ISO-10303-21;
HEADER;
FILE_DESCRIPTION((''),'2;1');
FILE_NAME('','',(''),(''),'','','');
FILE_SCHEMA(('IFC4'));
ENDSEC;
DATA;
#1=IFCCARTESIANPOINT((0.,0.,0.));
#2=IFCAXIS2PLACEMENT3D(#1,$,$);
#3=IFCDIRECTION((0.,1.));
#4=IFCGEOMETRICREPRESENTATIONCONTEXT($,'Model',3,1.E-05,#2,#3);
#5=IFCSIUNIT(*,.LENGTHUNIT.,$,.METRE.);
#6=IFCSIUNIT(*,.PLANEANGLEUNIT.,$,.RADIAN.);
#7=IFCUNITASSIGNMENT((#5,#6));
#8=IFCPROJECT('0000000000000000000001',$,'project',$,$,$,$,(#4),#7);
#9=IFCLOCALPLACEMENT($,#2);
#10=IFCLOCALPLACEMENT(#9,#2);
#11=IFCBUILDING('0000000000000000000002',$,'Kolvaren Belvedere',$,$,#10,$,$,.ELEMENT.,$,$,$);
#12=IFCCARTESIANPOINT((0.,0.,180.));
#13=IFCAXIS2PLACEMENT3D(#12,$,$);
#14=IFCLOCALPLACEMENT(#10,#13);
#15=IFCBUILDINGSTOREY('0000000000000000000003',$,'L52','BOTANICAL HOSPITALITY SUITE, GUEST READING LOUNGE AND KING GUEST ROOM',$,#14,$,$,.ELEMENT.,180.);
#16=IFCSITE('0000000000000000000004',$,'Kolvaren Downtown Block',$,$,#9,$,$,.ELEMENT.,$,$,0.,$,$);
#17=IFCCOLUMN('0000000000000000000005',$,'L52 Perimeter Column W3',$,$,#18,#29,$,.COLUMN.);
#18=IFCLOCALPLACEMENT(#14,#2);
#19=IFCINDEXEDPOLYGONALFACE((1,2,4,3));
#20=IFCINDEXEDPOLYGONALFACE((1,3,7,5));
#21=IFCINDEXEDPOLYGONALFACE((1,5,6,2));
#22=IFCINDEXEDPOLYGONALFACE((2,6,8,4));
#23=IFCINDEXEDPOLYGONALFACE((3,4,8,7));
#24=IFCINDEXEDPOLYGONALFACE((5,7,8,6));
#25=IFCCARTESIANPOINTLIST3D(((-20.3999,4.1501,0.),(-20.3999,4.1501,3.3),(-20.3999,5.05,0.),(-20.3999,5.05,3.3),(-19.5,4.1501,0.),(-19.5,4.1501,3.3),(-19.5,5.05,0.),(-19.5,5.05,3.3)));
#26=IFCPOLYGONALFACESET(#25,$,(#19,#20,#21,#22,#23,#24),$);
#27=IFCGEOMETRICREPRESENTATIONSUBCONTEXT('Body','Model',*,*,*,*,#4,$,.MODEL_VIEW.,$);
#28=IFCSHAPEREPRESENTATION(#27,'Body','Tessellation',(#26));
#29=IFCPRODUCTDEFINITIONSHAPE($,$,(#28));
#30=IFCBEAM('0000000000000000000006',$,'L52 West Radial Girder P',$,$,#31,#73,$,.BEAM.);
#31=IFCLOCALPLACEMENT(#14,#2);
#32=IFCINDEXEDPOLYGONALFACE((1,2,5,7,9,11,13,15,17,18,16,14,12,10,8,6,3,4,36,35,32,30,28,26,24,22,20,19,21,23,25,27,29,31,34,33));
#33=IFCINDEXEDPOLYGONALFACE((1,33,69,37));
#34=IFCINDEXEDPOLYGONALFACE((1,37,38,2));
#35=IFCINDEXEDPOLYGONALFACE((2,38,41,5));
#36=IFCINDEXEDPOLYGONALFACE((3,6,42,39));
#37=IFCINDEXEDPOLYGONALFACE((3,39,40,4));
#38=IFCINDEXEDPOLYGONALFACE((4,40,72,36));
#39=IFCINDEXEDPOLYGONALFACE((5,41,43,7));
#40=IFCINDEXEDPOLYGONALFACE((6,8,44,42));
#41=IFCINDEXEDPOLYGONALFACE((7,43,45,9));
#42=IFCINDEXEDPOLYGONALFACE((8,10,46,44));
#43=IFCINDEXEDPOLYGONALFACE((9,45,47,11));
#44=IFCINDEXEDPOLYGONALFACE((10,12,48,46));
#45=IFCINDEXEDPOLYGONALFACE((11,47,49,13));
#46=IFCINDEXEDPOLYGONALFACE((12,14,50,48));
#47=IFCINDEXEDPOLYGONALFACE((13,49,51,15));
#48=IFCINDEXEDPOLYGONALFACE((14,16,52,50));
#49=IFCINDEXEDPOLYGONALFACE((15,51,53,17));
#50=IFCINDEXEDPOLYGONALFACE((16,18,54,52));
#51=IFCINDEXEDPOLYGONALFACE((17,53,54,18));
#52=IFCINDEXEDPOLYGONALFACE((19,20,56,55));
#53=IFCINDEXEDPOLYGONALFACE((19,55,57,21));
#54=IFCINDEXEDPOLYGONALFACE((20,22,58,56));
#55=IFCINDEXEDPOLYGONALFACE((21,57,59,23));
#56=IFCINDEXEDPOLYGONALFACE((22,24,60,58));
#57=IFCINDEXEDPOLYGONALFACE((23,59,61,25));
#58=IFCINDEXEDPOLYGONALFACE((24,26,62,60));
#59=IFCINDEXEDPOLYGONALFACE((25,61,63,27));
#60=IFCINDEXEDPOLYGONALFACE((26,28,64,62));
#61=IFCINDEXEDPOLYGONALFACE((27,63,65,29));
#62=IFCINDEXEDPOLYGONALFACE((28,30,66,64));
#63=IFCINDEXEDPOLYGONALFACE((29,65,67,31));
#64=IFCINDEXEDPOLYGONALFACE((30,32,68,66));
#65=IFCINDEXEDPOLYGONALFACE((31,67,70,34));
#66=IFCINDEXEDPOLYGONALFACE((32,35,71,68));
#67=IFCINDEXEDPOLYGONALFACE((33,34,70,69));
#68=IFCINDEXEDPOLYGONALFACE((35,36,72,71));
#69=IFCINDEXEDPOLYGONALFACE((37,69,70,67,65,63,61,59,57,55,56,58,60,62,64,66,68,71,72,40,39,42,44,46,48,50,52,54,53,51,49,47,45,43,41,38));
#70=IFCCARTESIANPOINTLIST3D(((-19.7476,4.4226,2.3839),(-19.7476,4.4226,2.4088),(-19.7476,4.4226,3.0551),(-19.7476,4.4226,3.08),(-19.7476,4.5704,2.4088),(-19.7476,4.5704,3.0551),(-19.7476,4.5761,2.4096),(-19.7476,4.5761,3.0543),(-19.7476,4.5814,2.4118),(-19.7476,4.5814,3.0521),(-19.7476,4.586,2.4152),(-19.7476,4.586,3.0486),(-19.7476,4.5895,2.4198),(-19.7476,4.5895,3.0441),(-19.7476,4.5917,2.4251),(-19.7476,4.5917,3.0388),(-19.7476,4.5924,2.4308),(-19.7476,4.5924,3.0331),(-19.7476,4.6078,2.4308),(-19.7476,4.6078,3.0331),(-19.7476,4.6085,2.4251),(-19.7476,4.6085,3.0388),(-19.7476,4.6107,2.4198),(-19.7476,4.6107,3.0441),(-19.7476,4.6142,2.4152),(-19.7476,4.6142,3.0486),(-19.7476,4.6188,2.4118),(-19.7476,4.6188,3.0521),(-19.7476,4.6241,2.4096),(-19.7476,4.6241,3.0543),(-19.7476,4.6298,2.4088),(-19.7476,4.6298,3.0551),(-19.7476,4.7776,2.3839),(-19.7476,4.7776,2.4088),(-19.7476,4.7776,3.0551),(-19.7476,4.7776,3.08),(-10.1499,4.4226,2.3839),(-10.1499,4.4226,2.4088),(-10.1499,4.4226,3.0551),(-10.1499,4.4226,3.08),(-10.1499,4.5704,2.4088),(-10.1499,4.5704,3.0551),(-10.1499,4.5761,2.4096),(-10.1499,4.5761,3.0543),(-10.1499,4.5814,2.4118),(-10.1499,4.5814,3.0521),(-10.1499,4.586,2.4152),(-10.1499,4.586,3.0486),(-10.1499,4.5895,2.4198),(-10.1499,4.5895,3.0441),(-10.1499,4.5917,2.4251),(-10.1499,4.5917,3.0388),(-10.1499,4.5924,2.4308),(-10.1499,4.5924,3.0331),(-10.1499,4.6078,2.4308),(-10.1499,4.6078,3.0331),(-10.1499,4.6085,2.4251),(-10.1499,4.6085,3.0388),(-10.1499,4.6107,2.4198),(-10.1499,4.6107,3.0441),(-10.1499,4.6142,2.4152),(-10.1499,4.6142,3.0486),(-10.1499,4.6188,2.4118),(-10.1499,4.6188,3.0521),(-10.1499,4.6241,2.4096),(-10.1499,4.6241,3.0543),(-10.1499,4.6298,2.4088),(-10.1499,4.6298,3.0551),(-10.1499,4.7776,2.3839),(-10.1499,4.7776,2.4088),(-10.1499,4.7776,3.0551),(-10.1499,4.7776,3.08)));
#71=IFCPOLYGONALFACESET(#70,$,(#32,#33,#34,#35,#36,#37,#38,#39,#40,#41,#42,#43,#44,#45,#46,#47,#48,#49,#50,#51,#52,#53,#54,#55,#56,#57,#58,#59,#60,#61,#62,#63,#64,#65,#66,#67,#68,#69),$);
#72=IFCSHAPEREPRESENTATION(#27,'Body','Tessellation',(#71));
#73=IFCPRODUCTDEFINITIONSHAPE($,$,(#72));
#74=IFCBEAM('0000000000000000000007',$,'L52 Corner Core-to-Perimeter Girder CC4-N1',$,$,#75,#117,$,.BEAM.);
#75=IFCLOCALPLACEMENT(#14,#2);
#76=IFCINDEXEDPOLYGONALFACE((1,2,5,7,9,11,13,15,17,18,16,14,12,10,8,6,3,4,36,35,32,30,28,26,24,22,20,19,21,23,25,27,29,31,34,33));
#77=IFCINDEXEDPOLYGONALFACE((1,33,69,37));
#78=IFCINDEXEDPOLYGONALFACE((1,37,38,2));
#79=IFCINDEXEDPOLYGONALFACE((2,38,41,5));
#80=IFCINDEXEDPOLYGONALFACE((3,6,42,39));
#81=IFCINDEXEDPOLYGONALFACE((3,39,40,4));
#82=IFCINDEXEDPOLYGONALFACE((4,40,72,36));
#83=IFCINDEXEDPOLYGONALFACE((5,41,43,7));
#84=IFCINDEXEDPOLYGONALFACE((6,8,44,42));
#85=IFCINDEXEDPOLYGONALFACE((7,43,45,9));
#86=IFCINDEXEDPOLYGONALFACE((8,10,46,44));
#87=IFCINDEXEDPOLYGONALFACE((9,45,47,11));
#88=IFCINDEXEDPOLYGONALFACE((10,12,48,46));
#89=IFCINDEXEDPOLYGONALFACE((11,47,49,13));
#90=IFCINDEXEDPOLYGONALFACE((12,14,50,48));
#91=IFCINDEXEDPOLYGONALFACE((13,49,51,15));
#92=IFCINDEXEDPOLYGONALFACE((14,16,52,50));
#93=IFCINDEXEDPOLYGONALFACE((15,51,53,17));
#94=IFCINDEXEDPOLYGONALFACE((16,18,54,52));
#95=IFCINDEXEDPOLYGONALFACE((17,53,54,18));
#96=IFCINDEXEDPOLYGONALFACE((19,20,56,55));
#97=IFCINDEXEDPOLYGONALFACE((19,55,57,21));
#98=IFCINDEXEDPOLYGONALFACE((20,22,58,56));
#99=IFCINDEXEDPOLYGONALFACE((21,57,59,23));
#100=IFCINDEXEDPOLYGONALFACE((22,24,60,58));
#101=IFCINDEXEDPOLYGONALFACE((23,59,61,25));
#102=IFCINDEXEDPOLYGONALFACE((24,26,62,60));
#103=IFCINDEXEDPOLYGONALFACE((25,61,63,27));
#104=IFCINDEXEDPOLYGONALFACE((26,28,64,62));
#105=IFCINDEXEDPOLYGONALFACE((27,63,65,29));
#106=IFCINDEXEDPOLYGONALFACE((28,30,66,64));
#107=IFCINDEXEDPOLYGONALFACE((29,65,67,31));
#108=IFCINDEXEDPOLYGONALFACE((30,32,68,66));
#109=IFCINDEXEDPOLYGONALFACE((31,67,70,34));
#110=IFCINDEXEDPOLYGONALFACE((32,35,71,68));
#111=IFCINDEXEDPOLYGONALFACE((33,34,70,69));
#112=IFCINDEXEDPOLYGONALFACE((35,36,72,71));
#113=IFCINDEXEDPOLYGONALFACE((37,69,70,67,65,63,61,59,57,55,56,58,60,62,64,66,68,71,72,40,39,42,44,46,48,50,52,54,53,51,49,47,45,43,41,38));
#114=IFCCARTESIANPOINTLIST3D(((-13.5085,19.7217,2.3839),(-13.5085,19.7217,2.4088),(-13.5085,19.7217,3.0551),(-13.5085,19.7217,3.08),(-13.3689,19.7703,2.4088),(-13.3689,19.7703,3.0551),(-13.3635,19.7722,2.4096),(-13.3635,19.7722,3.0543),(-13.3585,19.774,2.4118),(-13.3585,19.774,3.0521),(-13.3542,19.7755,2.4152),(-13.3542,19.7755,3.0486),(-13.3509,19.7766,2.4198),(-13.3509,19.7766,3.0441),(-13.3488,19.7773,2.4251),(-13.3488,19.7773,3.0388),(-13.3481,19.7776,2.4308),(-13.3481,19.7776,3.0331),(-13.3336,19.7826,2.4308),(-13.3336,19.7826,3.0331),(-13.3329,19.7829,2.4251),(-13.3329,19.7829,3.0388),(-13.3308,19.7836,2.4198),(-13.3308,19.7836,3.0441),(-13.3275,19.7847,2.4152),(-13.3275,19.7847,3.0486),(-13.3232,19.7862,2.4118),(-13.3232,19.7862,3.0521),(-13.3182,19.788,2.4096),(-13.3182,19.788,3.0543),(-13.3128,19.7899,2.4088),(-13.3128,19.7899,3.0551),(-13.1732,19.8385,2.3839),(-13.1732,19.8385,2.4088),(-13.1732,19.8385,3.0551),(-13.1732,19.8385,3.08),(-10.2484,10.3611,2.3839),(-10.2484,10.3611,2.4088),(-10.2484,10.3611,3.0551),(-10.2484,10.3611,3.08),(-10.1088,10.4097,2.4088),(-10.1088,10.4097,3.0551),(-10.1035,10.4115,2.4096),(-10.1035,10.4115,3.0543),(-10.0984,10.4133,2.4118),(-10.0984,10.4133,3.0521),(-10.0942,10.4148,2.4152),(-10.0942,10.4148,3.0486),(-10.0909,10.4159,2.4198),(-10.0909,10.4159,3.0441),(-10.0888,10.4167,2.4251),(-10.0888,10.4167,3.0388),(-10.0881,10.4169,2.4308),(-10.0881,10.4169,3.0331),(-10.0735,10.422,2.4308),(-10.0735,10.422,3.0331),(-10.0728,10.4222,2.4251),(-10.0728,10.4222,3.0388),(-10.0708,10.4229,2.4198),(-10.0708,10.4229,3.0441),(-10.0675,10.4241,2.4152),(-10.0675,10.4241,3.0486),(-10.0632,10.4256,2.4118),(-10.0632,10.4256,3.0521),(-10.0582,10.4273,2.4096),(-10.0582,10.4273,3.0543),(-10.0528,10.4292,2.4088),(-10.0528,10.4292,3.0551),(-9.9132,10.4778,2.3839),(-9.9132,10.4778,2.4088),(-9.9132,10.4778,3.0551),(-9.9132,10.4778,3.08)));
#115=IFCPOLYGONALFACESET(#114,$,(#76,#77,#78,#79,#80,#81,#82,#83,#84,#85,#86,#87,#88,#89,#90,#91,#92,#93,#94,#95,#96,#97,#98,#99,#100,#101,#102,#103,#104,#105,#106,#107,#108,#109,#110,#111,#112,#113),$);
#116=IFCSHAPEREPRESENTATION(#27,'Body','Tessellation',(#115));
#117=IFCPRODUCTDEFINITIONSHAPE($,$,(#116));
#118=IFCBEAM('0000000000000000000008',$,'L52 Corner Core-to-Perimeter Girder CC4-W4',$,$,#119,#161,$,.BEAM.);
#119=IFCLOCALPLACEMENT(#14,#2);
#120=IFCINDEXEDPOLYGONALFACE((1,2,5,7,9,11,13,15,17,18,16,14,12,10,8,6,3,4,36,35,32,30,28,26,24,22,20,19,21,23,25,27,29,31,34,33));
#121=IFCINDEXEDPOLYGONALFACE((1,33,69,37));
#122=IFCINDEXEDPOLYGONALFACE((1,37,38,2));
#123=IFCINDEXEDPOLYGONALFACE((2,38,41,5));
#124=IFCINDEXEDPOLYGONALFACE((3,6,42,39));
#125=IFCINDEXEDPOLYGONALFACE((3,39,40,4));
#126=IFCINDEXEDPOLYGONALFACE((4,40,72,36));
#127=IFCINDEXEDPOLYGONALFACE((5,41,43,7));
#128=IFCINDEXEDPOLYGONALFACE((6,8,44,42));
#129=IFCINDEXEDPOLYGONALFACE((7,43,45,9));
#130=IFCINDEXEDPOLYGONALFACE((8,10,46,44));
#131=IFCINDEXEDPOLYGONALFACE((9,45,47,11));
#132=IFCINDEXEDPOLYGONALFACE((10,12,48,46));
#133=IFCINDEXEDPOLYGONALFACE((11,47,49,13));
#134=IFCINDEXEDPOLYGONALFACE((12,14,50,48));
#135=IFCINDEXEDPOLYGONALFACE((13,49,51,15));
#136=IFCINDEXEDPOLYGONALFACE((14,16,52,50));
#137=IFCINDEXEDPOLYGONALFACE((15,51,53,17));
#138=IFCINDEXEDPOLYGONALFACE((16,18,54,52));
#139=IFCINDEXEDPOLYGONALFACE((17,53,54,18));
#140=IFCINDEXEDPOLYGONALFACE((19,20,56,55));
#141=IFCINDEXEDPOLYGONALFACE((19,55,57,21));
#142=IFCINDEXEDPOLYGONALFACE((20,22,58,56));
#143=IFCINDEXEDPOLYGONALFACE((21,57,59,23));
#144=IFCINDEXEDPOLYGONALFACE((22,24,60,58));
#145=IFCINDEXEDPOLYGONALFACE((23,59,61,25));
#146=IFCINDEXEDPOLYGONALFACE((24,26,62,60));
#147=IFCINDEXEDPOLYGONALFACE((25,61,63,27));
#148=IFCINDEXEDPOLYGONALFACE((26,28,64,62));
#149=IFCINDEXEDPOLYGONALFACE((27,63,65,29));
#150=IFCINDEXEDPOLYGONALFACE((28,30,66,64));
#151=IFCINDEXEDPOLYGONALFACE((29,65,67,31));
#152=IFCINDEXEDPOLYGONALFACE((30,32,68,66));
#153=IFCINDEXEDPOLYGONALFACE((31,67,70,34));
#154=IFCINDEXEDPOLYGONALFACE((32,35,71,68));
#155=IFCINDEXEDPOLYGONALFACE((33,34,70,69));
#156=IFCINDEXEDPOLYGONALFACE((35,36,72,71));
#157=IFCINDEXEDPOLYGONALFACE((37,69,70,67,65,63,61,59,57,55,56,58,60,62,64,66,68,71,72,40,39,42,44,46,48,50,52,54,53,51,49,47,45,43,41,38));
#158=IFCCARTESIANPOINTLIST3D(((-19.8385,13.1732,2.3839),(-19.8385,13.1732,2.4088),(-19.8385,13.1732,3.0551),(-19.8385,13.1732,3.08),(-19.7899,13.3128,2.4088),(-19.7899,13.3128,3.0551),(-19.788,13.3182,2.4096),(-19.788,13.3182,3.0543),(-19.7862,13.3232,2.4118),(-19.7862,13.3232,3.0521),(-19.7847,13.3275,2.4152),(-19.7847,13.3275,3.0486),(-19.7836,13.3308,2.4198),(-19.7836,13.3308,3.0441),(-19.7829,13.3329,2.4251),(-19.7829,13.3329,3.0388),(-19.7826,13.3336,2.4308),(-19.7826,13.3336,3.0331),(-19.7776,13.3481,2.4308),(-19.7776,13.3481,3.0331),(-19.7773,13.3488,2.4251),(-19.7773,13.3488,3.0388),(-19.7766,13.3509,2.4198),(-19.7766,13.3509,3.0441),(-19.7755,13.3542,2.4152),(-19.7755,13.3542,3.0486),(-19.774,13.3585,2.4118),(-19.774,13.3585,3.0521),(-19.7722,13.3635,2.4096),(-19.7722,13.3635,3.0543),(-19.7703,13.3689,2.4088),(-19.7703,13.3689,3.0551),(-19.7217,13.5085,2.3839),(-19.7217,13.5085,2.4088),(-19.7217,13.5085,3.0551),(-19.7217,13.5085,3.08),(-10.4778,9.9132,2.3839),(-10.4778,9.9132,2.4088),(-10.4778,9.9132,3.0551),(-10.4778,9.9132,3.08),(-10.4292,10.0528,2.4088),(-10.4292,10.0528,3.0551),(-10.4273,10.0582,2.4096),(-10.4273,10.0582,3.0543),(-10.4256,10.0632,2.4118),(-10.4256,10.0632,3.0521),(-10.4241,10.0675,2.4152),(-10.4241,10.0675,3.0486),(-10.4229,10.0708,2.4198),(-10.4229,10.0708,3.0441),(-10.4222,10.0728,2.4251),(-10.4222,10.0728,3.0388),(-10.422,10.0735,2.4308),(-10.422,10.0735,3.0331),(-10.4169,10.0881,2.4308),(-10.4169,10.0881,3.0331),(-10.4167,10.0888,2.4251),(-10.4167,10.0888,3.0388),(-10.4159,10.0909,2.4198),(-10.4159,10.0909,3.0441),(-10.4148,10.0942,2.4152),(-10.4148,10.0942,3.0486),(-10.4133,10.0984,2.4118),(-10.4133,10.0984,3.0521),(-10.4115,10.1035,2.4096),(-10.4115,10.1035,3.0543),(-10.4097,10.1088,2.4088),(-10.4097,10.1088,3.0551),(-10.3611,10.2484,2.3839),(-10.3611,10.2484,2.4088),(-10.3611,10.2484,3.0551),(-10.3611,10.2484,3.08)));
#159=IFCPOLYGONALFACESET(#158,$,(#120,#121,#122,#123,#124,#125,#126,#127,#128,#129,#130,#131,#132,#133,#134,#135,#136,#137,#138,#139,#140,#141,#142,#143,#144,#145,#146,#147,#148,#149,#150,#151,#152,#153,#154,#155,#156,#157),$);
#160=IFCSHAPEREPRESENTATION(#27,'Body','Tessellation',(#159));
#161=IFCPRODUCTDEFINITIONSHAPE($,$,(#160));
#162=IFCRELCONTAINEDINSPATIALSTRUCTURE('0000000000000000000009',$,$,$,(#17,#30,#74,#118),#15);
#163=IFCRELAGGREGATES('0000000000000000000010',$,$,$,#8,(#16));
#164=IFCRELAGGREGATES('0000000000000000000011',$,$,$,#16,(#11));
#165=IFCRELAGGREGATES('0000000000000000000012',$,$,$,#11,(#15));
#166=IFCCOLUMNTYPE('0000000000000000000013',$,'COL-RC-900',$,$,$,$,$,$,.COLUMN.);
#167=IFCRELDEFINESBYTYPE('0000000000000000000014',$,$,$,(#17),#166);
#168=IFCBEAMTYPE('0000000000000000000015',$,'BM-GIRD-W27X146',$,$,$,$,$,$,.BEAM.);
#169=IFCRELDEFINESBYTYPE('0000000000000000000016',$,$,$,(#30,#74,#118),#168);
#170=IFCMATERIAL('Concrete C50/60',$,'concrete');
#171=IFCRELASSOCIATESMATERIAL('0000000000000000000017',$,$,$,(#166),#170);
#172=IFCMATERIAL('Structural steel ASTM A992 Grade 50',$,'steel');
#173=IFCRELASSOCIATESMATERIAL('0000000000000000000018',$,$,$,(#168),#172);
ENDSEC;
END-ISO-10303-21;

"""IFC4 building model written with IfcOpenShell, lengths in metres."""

from ifc_helpers import new_model, si_unit, direction, frame, origin, origin_2d, place, context, subcontext, project, spatial, rectangle, i_section, extrude, material, material_profile, profile_set, type_object, element, save


model = new_model("IFC4")

# Units and contexts
model_context = context("Model", 3, precision=1e-05, world=origin(), true_north=direction((0.0, 1.0)))
body_context = subcontext(model_context, "Body", "Model", "MODEL_VIEW")
ifc_project = project(units=[si_unit("LENGTHUNIT", "METRE"), si_unit("PLANEANGLEUNIT", "RADIAN")], contexts=[model_context])

# Site, building, storey
site_placement = place(None, origin())
site = spatial("IfcSite", under=ifc_project, at=site_placement, Name="Kolvaren Downtown Block", CompositionType="ELEMENT", RefElevation=0.0)
building_placement = place(site_placement, origin())
building = spatial("IfcBuilding", under=site, at=building_placement, Name="Kolvaren Belvedere", CompositionType="ELEMENT")
storey_placement = place(building_placement, frame((0.0, 0.0, 180.0)))
storey = spatial("IfcBuildingStorey", under=building, at=storey_placement, Name="L52", Description="BOTANICAL HOSPITALITY SUITE, GUEST READING LOUNGE AND KING GUEST ROOM", CompositionType="ELEMENT", Elevation=180.0)

# Column
ifc_material_1 = material(Name="Concrete C50/60", Category="concrete")
ifc_material_profile_1 = material_profile(ifc_material_1, rectangle(XDim=0.8999, YDim=0.8999, at=origin_2d()), Name="RC 900X900")
ifc_profile_set_1 = profile_set([ifc_material_profile_1], Name="Concrete C50/60")
column_type = type_object("IfcColumnType", Name="COL-RC-900", PredefinedType="COLUMN", material=ifc_profile_set_1)
column_placement = place(storey_placement, frame((-19.95, 4.6001, 0.0), z_axis=(0.0, 0.0, 1.0), x_axis=(1.0, 0.0, 0.0)))
element("IfcColumn", 1, at=column_placement, inside=storey, type_object=column_type, Name="L52 Perimeter Column W3", PredefinedType="COLUMN", context=body_context, shape_type="SweptSolid", body=[
    extrude(rectangle(XDim=0.8999, YDim=0.8999, at=origin_2d()), origin(), (0.0, 0.0, 1.0), 3.3),
])

# Beams
ifc_material_2 = material(Name="Structural steel ASTM A992 Grade 50", Category="steel")
ifc_material_profile_2 = material_profile(ifc_material_2, i_section(OverallWidth=0.355, OverallDepth=0.696, WebThickness=0.0154, FlangeThickness=0.0249, FilletRadius=0.022, at=origin_2d()), Name="W27X146")
ifc_profile_set_2 = profile_set([ifc_material_profile_2], Name="Structural steel ASTM A992 Grade 50")
beam_type_1 = type_object("IfcBeamType", Name="BM-GIRD-W27X146", PredefinedType="BEAM", material=ifc_profile_set_2)
beam_1_placement = place(storey_placement, frame((-10.1499, 4.6001, 2.7319), z_axis=(-1.0, 0.0, 0.0), x_axis=(0.0, -1.0, 0.0)))
element("IfcBeam", 2, at=beam_1_placement, inside=storey, type_object=beam_type_1, Name="L52 West Radial Girder P", PredefinedType="BEAM", context=body_context, shape_type="SweptSolid", body=[
    extrude(i_section(OverallWidth=0.355, OverallDepth=0.696, WebThickness=0.0154, FlangeThickness=0.0249, FilletRadius=0.022, at=origin_2d()), origin(), (0.0, 0.0, 1.0), 9.5977),
])
for number, where, z_axis, x_axis, name in (
    (3, (-10.0808, 10.4194, 2.7319), (-0.328894, 0.944367, 0.0), (-0.944367, -0.328894, 0.0), "L52 Corner Core-to-Perimeter Girder CC4-N1"),
    (4, (-10.4194, 10.0808, 2.7319), (-0.944367, 0.328894, 0.0), (-0.328894, -0.944367, 0.0), "L52 Corner Core-to-Perimeter Girder CC4-W4"),
):
    element("IfcBeam", number, at=place(storey_placement, frame(where, z_axis=z_axis, x_axis=x_axis)), inside=storey, type_object=beam_type_1, Name=name, PredefinedType="BEAM", context=body_context, shape_type="SweptSolid", body=[
        extrude(i_section(OverallWidth=0.355, OverallDepth=0.696, WebThickness=0.0154, FlangeThickness=0.0249, FilletRadius=0.022, at=origin_2d()), origin(), (0.0, 0.0, 1.0), 9.9121),
    ])

save(model, "model.ifc")
